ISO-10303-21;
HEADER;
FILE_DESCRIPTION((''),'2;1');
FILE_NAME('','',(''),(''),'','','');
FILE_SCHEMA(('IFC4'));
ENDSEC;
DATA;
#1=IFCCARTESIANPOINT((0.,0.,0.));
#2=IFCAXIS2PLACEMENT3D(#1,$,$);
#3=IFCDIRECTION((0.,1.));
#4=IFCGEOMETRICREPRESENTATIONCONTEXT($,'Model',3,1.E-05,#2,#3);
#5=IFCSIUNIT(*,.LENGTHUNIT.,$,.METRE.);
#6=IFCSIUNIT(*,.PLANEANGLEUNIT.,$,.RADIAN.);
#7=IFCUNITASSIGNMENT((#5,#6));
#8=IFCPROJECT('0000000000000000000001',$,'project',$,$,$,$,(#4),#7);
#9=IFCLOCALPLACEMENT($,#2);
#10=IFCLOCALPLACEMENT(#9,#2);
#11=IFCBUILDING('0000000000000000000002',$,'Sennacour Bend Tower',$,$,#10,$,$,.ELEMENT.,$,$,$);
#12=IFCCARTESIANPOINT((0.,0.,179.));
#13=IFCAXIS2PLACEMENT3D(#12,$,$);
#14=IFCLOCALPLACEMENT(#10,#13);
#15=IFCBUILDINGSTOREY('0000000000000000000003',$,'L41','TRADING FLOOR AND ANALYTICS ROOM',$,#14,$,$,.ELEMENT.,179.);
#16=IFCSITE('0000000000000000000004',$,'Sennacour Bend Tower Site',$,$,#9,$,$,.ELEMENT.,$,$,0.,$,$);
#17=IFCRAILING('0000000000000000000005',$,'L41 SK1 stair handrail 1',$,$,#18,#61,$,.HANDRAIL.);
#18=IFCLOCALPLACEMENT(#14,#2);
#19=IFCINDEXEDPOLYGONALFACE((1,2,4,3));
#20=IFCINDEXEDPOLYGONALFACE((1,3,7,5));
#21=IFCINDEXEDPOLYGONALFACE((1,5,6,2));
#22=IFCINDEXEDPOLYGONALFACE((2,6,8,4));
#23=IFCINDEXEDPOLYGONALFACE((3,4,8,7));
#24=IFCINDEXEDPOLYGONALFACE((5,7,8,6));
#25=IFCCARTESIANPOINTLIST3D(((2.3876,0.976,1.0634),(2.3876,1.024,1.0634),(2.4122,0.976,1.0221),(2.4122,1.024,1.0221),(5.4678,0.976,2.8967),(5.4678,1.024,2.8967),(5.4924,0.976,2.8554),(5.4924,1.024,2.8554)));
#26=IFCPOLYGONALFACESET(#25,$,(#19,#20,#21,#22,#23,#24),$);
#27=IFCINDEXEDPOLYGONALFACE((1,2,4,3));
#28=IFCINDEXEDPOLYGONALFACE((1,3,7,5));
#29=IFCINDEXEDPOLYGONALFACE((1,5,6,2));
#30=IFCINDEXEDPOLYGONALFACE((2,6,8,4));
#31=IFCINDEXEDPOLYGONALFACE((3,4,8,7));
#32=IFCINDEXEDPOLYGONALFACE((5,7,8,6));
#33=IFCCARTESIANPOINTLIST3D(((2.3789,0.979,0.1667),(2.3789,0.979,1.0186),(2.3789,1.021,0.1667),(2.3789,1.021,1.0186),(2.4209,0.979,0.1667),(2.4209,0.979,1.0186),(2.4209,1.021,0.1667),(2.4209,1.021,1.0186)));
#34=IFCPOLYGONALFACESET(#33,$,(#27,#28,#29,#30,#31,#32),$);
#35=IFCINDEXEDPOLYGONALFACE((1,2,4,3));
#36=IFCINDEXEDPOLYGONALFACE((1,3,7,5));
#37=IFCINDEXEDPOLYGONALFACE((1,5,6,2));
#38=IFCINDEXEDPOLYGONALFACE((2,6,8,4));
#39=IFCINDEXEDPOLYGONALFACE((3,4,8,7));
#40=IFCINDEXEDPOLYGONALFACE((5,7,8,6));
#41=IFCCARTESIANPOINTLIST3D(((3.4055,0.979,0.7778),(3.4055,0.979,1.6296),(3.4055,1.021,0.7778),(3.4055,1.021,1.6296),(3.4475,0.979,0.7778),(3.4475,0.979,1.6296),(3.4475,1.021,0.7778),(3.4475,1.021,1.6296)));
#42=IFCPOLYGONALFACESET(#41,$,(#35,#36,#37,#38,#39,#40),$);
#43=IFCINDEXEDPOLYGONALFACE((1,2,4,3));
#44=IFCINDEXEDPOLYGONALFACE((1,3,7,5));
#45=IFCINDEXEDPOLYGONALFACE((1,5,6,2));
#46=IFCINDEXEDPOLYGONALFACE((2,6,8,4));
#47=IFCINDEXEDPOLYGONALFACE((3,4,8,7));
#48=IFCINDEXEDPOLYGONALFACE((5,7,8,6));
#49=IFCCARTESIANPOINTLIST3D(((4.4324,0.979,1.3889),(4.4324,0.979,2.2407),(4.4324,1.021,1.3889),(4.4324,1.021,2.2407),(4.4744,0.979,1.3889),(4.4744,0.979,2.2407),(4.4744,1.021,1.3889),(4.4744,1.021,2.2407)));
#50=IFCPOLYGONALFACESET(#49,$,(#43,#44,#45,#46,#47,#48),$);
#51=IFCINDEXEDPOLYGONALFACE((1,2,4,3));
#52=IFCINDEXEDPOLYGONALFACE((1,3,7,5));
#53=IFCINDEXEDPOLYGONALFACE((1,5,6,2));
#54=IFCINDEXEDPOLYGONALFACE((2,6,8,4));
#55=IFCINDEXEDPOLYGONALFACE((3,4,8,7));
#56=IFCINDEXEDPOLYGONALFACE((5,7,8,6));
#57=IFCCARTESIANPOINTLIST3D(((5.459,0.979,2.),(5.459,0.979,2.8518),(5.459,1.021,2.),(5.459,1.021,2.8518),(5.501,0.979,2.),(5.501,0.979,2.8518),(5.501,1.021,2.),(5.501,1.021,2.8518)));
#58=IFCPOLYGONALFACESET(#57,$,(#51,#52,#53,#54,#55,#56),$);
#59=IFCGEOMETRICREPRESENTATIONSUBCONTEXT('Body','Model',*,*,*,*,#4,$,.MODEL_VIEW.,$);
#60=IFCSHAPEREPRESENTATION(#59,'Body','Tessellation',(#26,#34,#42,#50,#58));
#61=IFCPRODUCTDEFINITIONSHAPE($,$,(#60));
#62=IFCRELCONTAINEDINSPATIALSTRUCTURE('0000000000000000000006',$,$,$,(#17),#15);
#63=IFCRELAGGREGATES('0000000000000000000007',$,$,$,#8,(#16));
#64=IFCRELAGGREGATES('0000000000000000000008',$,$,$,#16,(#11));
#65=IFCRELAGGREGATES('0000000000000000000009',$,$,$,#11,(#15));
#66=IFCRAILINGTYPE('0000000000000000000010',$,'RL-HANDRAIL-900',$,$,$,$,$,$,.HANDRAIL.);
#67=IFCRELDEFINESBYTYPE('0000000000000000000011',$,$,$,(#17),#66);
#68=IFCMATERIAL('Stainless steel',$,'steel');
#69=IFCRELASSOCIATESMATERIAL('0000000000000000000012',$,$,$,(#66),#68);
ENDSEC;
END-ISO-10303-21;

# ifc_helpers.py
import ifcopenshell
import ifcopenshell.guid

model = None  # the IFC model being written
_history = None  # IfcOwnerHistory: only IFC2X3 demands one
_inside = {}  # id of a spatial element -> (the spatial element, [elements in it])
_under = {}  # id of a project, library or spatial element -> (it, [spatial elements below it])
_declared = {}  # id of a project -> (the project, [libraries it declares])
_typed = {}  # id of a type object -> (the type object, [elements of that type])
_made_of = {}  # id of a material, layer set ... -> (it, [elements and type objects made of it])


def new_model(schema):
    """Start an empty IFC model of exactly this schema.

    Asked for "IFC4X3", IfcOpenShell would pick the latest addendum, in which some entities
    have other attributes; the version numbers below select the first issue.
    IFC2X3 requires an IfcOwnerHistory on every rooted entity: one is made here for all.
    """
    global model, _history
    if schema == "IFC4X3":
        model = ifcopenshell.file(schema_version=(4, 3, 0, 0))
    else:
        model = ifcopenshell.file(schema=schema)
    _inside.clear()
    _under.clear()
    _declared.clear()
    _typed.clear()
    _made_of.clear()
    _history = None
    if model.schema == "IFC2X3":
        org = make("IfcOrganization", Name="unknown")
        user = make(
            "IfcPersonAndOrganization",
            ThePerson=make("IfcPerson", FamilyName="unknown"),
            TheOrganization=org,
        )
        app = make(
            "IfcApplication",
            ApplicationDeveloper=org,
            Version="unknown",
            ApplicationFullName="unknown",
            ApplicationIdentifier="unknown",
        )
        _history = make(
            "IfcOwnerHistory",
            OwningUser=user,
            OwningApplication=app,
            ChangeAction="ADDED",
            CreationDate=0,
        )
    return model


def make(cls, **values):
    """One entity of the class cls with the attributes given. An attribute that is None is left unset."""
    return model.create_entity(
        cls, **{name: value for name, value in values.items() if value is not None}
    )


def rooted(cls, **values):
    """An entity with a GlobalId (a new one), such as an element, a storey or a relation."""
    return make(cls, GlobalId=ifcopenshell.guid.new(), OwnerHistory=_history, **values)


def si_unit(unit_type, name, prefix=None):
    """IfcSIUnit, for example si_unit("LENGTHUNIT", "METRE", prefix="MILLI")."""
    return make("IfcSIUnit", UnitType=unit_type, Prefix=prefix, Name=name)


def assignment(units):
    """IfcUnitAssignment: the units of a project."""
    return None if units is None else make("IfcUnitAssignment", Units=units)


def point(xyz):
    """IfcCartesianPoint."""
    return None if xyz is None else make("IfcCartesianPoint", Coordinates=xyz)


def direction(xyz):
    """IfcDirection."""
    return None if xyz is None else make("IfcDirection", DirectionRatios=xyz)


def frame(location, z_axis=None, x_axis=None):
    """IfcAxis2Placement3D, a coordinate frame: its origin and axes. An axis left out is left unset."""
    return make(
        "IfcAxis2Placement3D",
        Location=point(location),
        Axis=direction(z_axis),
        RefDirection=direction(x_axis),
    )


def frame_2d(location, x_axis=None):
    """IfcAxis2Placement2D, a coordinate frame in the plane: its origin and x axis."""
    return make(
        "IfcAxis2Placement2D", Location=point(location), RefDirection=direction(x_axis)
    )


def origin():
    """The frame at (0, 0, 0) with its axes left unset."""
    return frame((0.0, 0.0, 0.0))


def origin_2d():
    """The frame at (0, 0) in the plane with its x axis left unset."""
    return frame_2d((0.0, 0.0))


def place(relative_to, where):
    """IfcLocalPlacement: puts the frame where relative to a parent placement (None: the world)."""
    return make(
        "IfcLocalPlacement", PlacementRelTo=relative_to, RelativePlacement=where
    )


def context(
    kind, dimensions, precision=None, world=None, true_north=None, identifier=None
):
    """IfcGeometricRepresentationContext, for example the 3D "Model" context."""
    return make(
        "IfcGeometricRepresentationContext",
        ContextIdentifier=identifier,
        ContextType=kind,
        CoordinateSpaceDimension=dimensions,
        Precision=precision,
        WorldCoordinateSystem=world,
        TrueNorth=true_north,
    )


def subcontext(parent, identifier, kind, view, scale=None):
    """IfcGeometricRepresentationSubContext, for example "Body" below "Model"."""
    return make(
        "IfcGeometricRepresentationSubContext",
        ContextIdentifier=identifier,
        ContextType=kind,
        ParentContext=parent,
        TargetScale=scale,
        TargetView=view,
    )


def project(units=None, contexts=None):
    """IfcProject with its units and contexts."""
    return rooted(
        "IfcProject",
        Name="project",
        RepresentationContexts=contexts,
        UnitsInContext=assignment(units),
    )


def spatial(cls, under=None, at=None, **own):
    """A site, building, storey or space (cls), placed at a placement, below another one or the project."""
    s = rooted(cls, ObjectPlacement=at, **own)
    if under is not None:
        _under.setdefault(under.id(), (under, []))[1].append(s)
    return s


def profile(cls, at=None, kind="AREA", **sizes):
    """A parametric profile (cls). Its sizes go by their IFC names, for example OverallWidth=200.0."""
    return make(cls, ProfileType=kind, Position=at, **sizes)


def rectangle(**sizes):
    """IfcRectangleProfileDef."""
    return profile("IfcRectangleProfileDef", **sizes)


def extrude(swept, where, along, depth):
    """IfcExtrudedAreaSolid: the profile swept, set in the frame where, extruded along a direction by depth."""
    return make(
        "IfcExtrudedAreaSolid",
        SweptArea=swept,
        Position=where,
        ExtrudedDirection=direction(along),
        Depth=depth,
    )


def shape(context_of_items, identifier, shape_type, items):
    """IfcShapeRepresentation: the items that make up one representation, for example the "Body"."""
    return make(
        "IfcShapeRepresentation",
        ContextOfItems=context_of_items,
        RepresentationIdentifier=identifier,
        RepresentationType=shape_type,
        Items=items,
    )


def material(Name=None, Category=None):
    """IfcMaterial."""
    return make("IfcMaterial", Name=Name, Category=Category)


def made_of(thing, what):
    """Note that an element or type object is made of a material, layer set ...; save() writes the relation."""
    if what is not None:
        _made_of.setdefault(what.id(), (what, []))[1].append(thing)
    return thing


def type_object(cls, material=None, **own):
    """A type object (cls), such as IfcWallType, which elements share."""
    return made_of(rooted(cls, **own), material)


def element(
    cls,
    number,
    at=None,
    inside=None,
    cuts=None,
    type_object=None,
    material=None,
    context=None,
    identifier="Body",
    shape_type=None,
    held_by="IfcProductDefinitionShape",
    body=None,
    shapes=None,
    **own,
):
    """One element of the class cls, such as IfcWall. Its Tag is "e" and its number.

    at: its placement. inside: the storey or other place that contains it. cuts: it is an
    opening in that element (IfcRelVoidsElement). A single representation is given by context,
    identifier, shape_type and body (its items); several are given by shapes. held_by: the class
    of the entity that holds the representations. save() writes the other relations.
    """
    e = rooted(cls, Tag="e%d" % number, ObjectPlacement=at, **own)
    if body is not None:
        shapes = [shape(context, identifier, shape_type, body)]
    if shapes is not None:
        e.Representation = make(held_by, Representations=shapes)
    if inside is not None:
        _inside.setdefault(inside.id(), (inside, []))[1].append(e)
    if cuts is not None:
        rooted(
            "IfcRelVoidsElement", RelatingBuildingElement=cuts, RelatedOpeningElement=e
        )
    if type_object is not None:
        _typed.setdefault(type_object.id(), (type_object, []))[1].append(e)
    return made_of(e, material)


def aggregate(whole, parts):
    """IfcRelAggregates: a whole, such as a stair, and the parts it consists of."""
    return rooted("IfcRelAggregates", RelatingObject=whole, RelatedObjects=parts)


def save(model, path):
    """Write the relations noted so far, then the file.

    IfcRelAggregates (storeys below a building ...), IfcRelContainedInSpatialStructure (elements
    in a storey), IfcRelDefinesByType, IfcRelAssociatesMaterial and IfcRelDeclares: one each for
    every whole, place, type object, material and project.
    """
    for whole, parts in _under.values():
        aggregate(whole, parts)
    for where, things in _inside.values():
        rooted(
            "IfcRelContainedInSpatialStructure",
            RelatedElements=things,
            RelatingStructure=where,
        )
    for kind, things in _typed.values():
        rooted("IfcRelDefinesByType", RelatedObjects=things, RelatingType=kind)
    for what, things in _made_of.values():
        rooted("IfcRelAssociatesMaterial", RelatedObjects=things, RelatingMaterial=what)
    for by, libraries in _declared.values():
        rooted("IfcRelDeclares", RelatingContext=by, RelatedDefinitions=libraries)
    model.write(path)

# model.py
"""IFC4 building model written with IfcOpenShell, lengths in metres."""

from ifc_helpers import new_model, si_unit, direction, frame, origin, origin_2d, place, context, subcontext, project, spatial, rectangle, extrude, material, type_object, element, save


model = new_model("IFC4")

# Units and contexts
model_context = context("Model", 3, precision=1e-05, world=origin(), true_north=direction((0.0, 1.0)))
body_context = subcontext(model_context, "Body", "Model", "MODEL_VIEW")
ifc_project = project(units=[si_unit("LENGTHUNIT", "METRE"), si_unit("PLANEANGLEUNIT", "RADIAN")], contexts=[model_context])

# Site, building, storey
site_placement = place(None, origin())
site = spatial("IfcSite", under=ifc_project, at=site_placement, Name="Sennacour Bend Tower Site", CompositionType="ELEMENT", RefElevation=0.0)
building_placement = place(site_placement, origin())
building = spatial("IfcBuilding", under=site, at=building_placement, Name="Sennacour Bend Tower", CompositionType="ELEMENT")
storey_placement = place(building_placement, frame((0.0, 0.0, 179.0)))
storey = spatial("IfcBuildingStorey", under=building, at=storey_placement, Name="L41", Description="TRADING FLOOR AND ANALYTICS ROOM", CompositionType="ELEMENT", Elevation=179.0)

# Railing
ifc_material_1 = material(Name="Stainless steel", Category="steel")
railing_type_1 = type_object("IfcRailingType", Name="RL-HANDRAIL-900", PredefinedType="HANDRAIL", material=ifc_material_1)
railing_1_placement = place(storey_placement, frame((2.3999, 1.0, 0.1667)))
element("IfcRailing", 1, at=railing_1_placement, inside=storey, type_object=railing_type_1, Name="L41 SK1 stair handrail 1", PredefinedType="HANDRAIL", context=body_context, shape_type="SweptSolid", body=[
    extrude(rectangle(XDim=0.0481, YDim=0.0481, at=origin_2d()), frame((0.0, 0.0, 0.876), z_axis=(0.859309, 0.0, 0.511458), x_axis=(0.0, 1.0, 0.0)), (0.0, 0.0, 1.0), 3.5845),
    extrude(rectangle(XDim=0.042, YDim=0.042, at=origin_2d()), origin(), (0.0, 0.0, 1.0), 0.8518),
    extrude(rectangle(XDim=0.042, YDim=0.042, at=origin_2d()), frame((1.0266, 0.0, 0.6111)), (0.0, 0.0, 1.0), 0.8518),
    extrude(rectangle(XDim=0.042, YDim=0.042, at=origin_2d()), frame((2.0535, 0.0, 1.2222)), (0.0, 0.0, 1.0), 0.8518),
    extrude(rectangle(XDim=0.042, YDim=0.042, at=origin_2d()), frame((3.0801, 0.0, 1.8333)), (0.0, 0.0, 1.0), 0.8518),
])

save(model, "model.ifc")
